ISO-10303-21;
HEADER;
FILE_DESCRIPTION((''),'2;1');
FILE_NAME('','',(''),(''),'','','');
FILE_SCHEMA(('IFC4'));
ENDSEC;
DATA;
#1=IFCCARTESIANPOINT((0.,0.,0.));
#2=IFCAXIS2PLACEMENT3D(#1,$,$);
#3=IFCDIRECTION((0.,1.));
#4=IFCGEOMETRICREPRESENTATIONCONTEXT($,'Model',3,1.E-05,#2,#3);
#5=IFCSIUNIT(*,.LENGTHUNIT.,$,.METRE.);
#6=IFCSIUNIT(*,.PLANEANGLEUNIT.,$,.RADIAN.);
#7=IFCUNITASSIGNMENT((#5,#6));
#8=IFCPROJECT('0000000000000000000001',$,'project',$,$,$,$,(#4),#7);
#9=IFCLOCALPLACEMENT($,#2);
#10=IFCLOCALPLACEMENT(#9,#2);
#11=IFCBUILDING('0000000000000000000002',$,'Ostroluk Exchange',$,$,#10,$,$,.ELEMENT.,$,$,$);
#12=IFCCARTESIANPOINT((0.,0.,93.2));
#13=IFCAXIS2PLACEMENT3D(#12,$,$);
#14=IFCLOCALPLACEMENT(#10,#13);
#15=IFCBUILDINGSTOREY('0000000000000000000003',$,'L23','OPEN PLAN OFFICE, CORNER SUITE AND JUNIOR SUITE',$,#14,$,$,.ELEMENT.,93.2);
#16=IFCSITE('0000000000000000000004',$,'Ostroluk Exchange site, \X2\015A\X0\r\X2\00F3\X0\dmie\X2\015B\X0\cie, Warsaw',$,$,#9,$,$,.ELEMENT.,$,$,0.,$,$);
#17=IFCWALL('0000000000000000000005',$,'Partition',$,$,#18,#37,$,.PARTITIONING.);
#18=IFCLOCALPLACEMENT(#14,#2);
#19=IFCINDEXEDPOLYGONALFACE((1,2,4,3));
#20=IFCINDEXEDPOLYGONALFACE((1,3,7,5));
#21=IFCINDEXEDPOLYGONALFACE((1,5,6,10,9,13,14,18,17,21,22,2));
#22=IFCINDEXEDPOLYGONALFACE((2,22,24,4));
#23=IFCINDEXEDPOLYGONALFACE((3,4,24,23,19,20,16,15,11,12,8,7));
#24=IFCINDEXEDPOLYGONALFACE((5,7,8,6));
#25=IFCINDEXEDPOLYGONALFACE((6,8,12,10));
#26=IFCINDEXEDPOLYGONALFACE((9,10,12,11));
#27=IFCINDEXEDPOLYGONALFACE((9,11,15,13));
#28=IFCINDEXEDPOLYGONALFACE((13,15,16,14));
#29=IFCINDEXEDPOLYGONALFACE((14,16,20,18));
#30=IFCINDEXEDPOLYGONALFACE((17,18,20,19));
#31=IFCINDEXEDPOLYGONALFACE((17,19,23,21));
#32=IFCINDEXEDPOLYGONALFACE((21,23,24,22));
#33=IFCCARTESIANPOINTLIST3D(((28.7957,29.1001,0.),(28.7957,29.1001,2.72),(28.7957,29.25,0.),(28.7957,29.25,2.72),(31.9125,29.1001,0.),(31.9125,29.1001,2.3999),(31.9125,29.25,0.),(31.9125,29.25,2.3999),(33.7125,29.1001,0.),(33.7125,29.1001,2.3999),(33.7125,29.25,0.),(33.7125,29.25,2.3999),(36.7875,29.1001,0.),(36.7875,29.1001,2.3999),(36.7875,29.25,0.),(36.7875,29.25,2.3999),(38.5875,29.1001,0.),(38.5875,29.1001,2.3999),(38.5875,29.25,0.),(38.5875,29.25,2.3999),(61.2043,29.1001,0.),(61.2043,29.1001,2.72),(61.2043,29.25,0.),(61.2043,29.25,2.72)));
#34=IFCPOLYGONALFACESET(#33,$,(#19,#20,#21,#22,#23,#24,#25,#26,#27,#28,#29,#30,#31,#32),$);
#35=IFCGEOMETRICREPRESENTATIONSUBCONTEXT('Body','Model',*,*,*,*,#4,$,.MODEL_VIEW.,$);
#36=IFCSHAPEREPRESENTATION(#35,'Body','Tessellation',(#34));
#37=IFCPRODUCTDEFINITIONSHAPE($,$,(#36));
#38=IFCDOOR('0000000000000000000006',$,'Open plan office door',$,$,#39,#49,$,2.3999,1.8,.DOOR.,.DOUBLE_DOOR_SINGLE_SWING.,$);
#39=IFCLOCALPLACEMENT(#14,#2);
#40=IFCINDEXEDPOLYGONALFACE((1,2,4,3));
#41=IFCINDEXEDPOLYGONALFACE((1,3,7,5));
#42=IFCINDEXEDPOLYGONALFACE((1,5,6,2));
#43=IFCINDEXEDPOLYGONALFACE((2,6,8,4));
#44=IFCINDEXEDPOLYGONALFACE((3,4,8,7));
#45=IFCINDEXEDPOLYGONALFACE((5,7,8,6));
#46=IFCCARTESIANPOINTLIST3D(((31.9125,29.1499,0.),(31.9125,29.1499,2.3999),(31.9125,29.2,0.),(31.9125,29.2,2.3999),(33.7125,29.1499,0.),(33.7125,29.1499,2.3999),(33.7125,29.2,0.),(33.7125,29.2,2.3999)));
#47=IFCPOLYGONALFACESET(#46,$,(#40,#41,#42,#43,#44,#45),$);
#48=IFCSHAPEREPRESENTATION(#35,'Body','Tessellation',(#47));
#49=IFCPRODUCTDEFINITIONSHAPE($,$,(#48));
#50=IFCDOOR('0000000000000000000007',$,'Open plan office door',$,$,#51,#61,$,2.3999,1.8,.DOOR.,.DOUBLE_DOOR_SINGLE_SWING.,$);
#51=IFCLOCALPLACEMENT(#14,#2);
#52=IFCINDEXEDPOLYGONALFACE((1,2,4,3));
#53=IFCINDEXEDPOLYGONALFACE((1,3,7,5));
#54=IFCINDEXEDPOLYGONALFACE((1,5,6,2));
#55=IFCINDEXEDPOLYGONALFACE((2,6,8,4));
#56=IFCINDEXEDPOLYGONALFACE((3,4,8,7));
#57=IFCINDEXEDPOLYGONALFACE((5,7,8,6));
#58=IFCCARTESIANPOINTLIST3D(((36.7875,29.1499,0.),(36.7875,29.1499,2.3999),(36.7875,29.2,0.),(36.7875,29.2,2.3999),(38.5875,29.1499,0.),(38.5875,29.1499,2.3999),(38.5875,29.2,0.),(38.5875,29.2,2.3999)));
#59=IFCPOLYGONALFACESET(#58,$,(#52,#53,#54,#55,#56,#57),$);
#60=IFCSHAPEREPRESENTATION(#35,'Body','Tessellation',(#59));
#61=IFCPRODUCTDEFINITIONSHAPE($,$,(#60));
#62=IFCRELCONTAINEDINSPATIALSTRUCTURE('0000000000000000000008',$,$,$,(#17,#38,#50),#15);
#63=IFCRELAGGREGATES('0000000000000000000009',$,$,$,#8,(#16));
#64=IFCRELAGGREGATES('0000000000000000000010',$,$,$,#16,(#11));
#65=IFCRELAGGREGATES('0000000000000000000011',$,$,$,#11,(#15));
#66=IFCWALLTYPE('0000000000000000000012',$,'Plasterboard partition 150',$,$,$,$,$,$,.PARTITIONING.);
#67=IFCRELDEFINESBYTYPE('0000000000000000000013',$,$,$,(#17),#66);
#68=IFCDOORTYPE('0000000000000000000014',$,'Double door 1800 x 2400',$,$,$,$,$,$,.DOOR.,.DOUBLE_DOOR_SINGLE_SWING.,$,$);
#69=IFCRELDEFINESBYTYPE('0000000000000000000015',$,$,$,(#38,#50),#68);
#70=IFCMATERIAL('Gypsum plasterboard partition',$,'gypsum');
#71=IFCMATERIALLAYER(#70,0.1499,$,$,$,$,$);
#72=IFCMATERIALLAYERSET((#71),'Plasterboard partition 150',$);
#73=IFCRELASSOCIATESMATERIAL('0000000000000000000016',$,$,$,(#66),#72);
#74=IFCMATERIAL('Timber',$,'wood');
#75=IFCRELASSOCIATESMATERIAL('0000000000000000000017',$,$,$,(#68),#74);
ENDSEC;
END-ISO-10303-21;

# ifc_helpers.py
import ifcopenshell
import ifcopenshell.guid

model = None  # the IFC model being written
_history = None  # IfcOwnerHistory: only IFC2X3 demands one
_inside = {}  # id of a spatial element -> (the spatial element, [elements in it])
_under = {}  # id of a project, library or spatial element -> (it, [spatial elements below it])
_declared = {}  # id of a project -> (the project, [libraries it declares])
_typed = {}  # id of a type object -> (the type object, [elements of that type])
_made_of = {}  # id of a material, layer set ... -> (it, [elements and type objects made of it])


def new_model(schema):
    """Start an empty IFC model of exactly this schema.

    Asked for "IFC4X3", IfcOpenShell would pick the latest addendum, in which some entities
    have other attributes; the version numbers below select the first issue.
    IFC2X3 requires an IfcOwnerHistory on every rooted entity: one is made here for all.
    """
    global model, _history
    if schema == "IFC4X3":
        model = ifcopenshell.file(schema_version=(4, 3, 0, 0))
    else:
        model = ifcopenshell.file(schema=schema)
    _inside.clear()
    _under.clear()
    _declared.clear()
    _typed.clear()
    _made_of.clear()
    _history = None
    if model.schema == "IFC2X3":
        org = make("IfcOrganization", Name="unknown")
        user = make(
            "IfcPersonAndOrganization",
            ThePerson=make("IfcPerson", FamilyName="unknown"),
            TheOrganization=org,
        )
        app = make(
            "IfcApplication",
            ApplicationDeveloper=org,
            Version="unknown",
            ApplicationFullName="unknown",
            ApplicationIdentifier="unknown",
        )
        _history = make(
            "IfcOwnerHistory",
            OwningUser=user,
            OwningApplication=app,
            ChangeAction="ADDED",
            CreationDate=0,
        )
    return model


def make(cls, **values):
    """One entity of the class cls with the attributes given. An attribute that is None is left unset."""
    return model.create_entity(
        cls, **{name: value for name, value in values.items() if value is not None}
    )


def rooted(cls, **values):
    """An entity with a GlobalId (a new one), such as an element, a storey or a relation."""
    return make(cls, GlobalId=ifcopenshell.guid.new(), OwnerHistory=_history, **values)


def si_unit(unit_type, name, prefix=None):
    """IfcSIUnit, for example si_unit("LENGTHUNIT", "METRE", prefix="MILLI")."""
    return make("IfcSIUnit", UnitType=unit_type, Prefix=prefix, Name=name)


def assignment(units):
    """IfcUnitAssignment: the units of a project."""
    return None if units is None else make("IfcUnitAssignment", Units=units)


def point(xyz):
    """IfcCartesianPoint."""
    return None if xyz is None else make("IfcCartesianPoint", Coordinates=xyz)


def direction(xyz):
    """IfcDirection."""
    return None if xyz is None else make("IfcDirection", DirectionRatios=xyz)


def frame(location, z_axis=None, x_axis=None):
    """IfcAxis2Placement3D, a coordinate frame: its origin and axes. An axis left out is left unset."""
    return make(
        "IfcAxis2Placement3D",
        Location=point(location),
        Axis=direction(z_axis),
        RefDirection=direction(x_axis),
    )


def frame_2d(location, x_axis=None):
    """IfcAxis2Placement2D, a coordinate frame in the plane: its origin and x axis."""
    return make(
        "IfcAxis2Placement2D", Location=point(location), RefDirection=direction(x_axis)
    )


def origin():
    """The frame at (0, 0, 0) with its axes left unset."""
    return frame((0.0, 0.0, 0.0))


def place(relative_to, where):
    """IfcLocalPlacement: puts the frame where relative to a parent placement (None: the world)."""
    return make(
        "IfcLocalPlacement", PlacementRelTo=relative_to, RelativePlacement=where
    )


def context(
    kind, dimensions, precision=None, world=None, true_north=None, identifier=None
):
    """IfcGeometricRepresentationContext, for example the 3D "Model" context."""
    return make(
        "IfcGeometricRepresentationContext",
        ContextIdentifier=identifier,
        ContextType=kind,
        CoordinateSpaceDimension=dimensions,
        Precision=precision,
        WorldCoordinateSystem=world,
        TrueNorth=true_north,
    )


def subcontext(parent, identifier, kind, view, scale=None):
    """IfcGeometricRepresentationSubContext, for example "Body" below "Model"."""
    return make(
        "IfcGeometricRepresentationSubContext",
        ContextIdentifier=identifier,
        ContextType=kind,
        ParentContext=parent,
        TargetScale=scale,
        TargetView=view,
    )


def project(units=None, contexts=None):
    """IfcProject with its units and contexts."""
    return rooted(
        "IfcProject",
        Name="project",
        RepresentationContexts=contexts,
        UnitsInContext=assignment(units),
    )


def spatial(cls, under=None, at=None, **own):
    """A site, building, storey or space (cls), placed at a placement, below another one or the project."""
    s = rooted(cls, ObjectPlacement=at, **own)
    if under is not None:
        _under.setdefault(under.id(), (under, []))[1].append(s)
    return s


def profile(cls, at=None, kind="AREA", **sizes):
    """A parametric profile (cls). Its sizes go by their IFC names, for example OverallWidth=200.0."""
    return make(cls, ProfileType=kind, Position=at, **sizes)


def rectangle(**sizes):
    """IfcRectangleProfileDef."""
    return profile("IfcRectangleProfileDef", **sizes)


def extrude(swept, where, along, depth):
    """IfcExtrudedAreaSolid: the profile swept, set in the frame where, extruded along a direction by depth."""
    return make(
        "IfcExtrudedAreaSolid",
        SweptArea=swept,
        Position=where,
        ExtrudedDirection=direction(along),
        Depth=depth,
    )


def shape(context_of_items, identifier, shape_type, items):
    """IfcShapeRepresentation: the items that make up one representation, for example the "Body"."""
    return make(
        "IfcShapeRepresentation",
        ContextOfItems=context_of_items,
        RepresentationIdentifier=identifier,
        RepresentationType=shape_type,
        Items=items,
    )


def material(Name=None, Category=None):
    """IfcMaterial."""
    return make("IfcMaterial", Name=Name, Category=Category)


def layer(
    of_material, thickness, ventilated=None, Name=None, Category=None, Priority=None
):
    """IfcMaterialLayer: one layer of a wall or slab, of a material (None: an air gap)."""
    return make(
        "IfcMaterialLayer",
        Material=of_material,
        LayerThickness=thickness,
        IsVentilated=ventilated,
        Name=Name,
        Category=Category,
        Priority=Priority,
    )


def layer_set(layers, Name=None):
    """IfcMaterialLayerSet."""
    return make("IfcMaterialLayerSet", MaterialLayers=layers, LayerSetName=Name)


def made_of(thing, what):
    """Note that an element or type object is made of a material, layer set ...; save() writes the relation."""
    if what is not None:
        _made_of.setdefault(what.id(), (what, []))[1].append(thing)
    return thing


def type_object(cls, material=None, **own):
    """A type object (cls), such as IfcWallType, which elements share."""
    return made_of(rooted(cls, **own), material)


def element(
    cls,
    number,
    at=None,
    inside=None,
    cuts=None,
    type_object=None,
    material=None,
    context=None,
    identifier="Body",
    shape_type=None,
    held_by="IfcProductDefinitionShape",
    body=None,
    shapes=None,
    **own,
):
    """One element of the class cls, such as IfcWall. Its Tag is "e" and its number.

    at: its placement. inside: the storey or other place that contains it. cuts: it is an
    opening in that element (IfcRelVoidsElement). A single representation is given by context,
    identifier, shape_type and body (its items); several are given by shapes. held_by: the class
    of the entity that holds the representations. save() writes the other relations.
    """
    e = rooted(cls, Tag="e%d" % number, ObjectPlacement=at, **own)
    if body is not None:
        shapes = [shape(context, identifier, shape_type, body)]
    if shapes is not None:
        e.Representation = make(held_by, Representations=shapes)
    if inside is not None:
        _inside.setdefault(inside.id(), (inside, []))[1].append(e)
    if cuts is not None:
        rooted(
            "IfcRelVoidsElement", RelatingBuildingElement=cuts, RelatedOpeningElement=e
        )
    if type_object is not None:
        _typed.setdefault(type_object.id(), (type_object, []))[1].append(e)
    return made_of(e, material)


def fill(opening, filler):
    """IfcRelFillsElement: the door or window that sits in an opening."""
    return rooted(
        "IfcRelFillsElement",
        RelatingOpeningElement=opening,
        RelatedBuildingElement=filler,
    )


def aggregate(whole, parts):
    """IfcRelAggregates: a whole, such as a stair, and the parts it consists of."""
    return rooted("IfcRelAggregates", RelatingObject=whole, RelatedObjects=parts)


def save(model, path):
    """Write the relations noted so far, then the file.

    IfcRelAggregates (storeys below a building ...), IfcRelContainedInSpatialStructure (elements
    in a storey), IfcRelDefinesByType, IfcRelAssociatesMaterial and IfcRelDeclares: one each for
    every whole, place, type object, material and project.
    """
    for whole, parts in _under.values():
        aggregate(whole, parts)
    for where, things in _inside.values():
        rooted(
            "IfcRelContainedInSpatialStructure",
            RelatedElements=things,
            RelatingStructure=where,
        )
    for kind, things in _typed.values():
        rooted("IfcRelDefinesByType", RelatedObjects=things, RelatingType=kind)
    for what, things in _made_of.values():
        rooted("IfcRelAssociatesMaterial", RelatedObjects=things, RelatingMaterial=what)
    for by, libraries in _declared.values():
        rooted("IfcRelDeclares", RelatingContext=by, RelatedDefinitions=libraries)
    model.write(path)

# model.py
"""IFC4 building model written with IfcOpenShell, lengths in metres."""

from ifc_helpers import new_model, si_unit, direction, frame, frame_2d, origin, place, context, subcontext, project, spatial, rectangle, extrude, material, layer, layer_set, type_object, element, fill, save


model = new_model("IFC4")

# Units and contexts
model_context = context("Model", 3, precision=1e-05, world=origin(), true_north=direction((0.0, 1.0)))
body_context = subcontext(model_context, "Body", "Model", "MODEL_VIEW")
ifc_project = project(units=[si_unit("LENGTHUNIT", "METRE"), si_unit("PLANEANGLEUNIT", "RADIAN")], contexts=[model_context])

# Site, building, storey
site_placement = place(None, origin())
site = spatial("IfcSite", under=ifc_project, at=site_placement, Name="Ostroluk Exchange site, Śródmieście, Warsaw", CompositionType="ELEMENT", RefElevation=0.0)
building_placement = place(site_placement, origin())
building = spatial("IfcBuilding", under=site, at=building_placement, Name="Ostroluk Exchange", CompositionType="ELEMENT")
storey_placement = place(building_placement, frame((0.0, 0.0, 93.2)))
storey = spatial("IfcBuildingStorey", under=building, at=storey_placement, Name="L23", Description="OPEN PLAN OFFICE, CORNER SUITE AND JUNIOR SUITE", CompositionType="ELEMENT", Elevation=93.2)

# Shared definitions
ifc_material_1 = material(Name="Gypsum plasterboard partition", Category="gypsum")
ifc_layer_1 = layer(ifc_material_1, 0.1499)
ifc_layer_set_1 = layer_set([ifc_layer_1], Name="Plasterboard partition 150")
wall_type_1 = type_object("IfcWallType", Name="Plasterboard partition 150", PredefinedType="PARTITIONING", material=ifc_layer_set_1)

# Wall, openings, doors
wall_1_placement = place(storey_placement, frame((28.7957, 29.175, 0.0), z_axis=(0.0, 0.0, 1.0), x_axis=(1.0, 0.0, 0.0)))
wall_1 = element("IfcWall", 1, at=wall_1_placement, inside=storey, type_object=wall_type_1, Name="Partition", PredefinedType="PARTITIONING", context=body_context, shape_type="SweptSolid", body=[
    extrude(rectangle(XDim=32.4087, YDim=0.1499, at=frame_2d((16.2043, 0.0))), origin(), (0.0, 0.0, 1.0), 2.72),
])
opening_1_placement = place(wall_1_placement, frame((3.1169, 0.0, 0.0)))
opening_1 = element("IfcOpeningElement", 2, at=opening_1_placement, cuts=wall_1, PredefinedType="OPENING", context=body_context, shape_type="SweptSolid", body=[
    extrude(rectangle(XDim=1.8, YDim=2.3999, at=frame_2d((0.8999, 1.2))), frame((0.0, 0.085, 0.0), z_axis=(0.0, -1.0, 0.0), x_axis=(1.0, 0.0, 0.0)), (0.0, 0.0, 1.0), 0.1699),
])
opening_2_placement = place(wall_1_placement, frame((7.9919, 0.0, 0.0)))
opening_2 = element("IfcOpeningElement", 3, at=opening_2_placement, cuts=wall_1, PredefinedType="OPENING", context=body_context, shape_type="SweptSolid", body=[
    extrude(rectangle(XDim=1.8, YDim=2.3999, at=frame_2d((0.8999, 1.2))), frame((0.0, 0.085, 0.0), z_axis=(0.0, -1.0, 0.0), x_axis=(1.0, 0.0, 0.0)), (0.0, 0.0, 1.0), 0.1699),
])
ifc_material_2 = material(Name="Timber", Category="wood")
door_type_1 = type_object("IfcDoorType", Name="Double door 1800 x 2400", OperationType="DOUBLE_DOOR_SINGLE_SWING", PredefinedType="DOOR", material=ifc_material_2)
door_1_placement = place(opening_1_placement, origin())
door_1 = element("IfcDoor", 4, at=door_1_placement, inside=storey, type_object=door_type_1, Name="Open plan office door", OperationType="DOUBLE_DOOR_SINGLE_SWING", OverallHeight=2.3999, OverallWidth=1.8, PredefinedType="DOOR", context=body_context, shape_type="SweptSolid", body=[
    extrude(rectangle(XDim=1.8, YDim=2.3999, at=frame_2d((0.8999, 1.2))), frame((0.0, 0.0249, 0.0), z_axis=(0.0, -1.0, 0.0), x_axis=(1.0, 0.0, 0.0)), (0.0, 0.0, 1.0), 0.05),
])
fill(opening_1, door_1)
door_2_placement = place(opening_2_placement, origin())
door_2 = element("IfcDoor", 5, at=door_2_placement, inside=storey, type_object=door_type_1, Name="Open plan office door", OperationType="DOUBLE_DOOR_SINGLE_SWING", OverallHeight=2.3999, OverallWidth=1.8, PredefinedType="DOOR", context=body_context, shape_type="SweptSolid", body=[
    extrude(rectangle(XDim=1.8, YDim=2.3999, at=frame_2d((0.8999, 1.2))), frame((0.0, 0.0249, 0.0), z_axis=(0.0, -1.0, 0.0), x_axis=(1.0, 0.0, 0.0)), (0.0, 0.0, 1.0), 0.05),
])
fill(opening_2, door_2)

save(model, "model.ifc")
